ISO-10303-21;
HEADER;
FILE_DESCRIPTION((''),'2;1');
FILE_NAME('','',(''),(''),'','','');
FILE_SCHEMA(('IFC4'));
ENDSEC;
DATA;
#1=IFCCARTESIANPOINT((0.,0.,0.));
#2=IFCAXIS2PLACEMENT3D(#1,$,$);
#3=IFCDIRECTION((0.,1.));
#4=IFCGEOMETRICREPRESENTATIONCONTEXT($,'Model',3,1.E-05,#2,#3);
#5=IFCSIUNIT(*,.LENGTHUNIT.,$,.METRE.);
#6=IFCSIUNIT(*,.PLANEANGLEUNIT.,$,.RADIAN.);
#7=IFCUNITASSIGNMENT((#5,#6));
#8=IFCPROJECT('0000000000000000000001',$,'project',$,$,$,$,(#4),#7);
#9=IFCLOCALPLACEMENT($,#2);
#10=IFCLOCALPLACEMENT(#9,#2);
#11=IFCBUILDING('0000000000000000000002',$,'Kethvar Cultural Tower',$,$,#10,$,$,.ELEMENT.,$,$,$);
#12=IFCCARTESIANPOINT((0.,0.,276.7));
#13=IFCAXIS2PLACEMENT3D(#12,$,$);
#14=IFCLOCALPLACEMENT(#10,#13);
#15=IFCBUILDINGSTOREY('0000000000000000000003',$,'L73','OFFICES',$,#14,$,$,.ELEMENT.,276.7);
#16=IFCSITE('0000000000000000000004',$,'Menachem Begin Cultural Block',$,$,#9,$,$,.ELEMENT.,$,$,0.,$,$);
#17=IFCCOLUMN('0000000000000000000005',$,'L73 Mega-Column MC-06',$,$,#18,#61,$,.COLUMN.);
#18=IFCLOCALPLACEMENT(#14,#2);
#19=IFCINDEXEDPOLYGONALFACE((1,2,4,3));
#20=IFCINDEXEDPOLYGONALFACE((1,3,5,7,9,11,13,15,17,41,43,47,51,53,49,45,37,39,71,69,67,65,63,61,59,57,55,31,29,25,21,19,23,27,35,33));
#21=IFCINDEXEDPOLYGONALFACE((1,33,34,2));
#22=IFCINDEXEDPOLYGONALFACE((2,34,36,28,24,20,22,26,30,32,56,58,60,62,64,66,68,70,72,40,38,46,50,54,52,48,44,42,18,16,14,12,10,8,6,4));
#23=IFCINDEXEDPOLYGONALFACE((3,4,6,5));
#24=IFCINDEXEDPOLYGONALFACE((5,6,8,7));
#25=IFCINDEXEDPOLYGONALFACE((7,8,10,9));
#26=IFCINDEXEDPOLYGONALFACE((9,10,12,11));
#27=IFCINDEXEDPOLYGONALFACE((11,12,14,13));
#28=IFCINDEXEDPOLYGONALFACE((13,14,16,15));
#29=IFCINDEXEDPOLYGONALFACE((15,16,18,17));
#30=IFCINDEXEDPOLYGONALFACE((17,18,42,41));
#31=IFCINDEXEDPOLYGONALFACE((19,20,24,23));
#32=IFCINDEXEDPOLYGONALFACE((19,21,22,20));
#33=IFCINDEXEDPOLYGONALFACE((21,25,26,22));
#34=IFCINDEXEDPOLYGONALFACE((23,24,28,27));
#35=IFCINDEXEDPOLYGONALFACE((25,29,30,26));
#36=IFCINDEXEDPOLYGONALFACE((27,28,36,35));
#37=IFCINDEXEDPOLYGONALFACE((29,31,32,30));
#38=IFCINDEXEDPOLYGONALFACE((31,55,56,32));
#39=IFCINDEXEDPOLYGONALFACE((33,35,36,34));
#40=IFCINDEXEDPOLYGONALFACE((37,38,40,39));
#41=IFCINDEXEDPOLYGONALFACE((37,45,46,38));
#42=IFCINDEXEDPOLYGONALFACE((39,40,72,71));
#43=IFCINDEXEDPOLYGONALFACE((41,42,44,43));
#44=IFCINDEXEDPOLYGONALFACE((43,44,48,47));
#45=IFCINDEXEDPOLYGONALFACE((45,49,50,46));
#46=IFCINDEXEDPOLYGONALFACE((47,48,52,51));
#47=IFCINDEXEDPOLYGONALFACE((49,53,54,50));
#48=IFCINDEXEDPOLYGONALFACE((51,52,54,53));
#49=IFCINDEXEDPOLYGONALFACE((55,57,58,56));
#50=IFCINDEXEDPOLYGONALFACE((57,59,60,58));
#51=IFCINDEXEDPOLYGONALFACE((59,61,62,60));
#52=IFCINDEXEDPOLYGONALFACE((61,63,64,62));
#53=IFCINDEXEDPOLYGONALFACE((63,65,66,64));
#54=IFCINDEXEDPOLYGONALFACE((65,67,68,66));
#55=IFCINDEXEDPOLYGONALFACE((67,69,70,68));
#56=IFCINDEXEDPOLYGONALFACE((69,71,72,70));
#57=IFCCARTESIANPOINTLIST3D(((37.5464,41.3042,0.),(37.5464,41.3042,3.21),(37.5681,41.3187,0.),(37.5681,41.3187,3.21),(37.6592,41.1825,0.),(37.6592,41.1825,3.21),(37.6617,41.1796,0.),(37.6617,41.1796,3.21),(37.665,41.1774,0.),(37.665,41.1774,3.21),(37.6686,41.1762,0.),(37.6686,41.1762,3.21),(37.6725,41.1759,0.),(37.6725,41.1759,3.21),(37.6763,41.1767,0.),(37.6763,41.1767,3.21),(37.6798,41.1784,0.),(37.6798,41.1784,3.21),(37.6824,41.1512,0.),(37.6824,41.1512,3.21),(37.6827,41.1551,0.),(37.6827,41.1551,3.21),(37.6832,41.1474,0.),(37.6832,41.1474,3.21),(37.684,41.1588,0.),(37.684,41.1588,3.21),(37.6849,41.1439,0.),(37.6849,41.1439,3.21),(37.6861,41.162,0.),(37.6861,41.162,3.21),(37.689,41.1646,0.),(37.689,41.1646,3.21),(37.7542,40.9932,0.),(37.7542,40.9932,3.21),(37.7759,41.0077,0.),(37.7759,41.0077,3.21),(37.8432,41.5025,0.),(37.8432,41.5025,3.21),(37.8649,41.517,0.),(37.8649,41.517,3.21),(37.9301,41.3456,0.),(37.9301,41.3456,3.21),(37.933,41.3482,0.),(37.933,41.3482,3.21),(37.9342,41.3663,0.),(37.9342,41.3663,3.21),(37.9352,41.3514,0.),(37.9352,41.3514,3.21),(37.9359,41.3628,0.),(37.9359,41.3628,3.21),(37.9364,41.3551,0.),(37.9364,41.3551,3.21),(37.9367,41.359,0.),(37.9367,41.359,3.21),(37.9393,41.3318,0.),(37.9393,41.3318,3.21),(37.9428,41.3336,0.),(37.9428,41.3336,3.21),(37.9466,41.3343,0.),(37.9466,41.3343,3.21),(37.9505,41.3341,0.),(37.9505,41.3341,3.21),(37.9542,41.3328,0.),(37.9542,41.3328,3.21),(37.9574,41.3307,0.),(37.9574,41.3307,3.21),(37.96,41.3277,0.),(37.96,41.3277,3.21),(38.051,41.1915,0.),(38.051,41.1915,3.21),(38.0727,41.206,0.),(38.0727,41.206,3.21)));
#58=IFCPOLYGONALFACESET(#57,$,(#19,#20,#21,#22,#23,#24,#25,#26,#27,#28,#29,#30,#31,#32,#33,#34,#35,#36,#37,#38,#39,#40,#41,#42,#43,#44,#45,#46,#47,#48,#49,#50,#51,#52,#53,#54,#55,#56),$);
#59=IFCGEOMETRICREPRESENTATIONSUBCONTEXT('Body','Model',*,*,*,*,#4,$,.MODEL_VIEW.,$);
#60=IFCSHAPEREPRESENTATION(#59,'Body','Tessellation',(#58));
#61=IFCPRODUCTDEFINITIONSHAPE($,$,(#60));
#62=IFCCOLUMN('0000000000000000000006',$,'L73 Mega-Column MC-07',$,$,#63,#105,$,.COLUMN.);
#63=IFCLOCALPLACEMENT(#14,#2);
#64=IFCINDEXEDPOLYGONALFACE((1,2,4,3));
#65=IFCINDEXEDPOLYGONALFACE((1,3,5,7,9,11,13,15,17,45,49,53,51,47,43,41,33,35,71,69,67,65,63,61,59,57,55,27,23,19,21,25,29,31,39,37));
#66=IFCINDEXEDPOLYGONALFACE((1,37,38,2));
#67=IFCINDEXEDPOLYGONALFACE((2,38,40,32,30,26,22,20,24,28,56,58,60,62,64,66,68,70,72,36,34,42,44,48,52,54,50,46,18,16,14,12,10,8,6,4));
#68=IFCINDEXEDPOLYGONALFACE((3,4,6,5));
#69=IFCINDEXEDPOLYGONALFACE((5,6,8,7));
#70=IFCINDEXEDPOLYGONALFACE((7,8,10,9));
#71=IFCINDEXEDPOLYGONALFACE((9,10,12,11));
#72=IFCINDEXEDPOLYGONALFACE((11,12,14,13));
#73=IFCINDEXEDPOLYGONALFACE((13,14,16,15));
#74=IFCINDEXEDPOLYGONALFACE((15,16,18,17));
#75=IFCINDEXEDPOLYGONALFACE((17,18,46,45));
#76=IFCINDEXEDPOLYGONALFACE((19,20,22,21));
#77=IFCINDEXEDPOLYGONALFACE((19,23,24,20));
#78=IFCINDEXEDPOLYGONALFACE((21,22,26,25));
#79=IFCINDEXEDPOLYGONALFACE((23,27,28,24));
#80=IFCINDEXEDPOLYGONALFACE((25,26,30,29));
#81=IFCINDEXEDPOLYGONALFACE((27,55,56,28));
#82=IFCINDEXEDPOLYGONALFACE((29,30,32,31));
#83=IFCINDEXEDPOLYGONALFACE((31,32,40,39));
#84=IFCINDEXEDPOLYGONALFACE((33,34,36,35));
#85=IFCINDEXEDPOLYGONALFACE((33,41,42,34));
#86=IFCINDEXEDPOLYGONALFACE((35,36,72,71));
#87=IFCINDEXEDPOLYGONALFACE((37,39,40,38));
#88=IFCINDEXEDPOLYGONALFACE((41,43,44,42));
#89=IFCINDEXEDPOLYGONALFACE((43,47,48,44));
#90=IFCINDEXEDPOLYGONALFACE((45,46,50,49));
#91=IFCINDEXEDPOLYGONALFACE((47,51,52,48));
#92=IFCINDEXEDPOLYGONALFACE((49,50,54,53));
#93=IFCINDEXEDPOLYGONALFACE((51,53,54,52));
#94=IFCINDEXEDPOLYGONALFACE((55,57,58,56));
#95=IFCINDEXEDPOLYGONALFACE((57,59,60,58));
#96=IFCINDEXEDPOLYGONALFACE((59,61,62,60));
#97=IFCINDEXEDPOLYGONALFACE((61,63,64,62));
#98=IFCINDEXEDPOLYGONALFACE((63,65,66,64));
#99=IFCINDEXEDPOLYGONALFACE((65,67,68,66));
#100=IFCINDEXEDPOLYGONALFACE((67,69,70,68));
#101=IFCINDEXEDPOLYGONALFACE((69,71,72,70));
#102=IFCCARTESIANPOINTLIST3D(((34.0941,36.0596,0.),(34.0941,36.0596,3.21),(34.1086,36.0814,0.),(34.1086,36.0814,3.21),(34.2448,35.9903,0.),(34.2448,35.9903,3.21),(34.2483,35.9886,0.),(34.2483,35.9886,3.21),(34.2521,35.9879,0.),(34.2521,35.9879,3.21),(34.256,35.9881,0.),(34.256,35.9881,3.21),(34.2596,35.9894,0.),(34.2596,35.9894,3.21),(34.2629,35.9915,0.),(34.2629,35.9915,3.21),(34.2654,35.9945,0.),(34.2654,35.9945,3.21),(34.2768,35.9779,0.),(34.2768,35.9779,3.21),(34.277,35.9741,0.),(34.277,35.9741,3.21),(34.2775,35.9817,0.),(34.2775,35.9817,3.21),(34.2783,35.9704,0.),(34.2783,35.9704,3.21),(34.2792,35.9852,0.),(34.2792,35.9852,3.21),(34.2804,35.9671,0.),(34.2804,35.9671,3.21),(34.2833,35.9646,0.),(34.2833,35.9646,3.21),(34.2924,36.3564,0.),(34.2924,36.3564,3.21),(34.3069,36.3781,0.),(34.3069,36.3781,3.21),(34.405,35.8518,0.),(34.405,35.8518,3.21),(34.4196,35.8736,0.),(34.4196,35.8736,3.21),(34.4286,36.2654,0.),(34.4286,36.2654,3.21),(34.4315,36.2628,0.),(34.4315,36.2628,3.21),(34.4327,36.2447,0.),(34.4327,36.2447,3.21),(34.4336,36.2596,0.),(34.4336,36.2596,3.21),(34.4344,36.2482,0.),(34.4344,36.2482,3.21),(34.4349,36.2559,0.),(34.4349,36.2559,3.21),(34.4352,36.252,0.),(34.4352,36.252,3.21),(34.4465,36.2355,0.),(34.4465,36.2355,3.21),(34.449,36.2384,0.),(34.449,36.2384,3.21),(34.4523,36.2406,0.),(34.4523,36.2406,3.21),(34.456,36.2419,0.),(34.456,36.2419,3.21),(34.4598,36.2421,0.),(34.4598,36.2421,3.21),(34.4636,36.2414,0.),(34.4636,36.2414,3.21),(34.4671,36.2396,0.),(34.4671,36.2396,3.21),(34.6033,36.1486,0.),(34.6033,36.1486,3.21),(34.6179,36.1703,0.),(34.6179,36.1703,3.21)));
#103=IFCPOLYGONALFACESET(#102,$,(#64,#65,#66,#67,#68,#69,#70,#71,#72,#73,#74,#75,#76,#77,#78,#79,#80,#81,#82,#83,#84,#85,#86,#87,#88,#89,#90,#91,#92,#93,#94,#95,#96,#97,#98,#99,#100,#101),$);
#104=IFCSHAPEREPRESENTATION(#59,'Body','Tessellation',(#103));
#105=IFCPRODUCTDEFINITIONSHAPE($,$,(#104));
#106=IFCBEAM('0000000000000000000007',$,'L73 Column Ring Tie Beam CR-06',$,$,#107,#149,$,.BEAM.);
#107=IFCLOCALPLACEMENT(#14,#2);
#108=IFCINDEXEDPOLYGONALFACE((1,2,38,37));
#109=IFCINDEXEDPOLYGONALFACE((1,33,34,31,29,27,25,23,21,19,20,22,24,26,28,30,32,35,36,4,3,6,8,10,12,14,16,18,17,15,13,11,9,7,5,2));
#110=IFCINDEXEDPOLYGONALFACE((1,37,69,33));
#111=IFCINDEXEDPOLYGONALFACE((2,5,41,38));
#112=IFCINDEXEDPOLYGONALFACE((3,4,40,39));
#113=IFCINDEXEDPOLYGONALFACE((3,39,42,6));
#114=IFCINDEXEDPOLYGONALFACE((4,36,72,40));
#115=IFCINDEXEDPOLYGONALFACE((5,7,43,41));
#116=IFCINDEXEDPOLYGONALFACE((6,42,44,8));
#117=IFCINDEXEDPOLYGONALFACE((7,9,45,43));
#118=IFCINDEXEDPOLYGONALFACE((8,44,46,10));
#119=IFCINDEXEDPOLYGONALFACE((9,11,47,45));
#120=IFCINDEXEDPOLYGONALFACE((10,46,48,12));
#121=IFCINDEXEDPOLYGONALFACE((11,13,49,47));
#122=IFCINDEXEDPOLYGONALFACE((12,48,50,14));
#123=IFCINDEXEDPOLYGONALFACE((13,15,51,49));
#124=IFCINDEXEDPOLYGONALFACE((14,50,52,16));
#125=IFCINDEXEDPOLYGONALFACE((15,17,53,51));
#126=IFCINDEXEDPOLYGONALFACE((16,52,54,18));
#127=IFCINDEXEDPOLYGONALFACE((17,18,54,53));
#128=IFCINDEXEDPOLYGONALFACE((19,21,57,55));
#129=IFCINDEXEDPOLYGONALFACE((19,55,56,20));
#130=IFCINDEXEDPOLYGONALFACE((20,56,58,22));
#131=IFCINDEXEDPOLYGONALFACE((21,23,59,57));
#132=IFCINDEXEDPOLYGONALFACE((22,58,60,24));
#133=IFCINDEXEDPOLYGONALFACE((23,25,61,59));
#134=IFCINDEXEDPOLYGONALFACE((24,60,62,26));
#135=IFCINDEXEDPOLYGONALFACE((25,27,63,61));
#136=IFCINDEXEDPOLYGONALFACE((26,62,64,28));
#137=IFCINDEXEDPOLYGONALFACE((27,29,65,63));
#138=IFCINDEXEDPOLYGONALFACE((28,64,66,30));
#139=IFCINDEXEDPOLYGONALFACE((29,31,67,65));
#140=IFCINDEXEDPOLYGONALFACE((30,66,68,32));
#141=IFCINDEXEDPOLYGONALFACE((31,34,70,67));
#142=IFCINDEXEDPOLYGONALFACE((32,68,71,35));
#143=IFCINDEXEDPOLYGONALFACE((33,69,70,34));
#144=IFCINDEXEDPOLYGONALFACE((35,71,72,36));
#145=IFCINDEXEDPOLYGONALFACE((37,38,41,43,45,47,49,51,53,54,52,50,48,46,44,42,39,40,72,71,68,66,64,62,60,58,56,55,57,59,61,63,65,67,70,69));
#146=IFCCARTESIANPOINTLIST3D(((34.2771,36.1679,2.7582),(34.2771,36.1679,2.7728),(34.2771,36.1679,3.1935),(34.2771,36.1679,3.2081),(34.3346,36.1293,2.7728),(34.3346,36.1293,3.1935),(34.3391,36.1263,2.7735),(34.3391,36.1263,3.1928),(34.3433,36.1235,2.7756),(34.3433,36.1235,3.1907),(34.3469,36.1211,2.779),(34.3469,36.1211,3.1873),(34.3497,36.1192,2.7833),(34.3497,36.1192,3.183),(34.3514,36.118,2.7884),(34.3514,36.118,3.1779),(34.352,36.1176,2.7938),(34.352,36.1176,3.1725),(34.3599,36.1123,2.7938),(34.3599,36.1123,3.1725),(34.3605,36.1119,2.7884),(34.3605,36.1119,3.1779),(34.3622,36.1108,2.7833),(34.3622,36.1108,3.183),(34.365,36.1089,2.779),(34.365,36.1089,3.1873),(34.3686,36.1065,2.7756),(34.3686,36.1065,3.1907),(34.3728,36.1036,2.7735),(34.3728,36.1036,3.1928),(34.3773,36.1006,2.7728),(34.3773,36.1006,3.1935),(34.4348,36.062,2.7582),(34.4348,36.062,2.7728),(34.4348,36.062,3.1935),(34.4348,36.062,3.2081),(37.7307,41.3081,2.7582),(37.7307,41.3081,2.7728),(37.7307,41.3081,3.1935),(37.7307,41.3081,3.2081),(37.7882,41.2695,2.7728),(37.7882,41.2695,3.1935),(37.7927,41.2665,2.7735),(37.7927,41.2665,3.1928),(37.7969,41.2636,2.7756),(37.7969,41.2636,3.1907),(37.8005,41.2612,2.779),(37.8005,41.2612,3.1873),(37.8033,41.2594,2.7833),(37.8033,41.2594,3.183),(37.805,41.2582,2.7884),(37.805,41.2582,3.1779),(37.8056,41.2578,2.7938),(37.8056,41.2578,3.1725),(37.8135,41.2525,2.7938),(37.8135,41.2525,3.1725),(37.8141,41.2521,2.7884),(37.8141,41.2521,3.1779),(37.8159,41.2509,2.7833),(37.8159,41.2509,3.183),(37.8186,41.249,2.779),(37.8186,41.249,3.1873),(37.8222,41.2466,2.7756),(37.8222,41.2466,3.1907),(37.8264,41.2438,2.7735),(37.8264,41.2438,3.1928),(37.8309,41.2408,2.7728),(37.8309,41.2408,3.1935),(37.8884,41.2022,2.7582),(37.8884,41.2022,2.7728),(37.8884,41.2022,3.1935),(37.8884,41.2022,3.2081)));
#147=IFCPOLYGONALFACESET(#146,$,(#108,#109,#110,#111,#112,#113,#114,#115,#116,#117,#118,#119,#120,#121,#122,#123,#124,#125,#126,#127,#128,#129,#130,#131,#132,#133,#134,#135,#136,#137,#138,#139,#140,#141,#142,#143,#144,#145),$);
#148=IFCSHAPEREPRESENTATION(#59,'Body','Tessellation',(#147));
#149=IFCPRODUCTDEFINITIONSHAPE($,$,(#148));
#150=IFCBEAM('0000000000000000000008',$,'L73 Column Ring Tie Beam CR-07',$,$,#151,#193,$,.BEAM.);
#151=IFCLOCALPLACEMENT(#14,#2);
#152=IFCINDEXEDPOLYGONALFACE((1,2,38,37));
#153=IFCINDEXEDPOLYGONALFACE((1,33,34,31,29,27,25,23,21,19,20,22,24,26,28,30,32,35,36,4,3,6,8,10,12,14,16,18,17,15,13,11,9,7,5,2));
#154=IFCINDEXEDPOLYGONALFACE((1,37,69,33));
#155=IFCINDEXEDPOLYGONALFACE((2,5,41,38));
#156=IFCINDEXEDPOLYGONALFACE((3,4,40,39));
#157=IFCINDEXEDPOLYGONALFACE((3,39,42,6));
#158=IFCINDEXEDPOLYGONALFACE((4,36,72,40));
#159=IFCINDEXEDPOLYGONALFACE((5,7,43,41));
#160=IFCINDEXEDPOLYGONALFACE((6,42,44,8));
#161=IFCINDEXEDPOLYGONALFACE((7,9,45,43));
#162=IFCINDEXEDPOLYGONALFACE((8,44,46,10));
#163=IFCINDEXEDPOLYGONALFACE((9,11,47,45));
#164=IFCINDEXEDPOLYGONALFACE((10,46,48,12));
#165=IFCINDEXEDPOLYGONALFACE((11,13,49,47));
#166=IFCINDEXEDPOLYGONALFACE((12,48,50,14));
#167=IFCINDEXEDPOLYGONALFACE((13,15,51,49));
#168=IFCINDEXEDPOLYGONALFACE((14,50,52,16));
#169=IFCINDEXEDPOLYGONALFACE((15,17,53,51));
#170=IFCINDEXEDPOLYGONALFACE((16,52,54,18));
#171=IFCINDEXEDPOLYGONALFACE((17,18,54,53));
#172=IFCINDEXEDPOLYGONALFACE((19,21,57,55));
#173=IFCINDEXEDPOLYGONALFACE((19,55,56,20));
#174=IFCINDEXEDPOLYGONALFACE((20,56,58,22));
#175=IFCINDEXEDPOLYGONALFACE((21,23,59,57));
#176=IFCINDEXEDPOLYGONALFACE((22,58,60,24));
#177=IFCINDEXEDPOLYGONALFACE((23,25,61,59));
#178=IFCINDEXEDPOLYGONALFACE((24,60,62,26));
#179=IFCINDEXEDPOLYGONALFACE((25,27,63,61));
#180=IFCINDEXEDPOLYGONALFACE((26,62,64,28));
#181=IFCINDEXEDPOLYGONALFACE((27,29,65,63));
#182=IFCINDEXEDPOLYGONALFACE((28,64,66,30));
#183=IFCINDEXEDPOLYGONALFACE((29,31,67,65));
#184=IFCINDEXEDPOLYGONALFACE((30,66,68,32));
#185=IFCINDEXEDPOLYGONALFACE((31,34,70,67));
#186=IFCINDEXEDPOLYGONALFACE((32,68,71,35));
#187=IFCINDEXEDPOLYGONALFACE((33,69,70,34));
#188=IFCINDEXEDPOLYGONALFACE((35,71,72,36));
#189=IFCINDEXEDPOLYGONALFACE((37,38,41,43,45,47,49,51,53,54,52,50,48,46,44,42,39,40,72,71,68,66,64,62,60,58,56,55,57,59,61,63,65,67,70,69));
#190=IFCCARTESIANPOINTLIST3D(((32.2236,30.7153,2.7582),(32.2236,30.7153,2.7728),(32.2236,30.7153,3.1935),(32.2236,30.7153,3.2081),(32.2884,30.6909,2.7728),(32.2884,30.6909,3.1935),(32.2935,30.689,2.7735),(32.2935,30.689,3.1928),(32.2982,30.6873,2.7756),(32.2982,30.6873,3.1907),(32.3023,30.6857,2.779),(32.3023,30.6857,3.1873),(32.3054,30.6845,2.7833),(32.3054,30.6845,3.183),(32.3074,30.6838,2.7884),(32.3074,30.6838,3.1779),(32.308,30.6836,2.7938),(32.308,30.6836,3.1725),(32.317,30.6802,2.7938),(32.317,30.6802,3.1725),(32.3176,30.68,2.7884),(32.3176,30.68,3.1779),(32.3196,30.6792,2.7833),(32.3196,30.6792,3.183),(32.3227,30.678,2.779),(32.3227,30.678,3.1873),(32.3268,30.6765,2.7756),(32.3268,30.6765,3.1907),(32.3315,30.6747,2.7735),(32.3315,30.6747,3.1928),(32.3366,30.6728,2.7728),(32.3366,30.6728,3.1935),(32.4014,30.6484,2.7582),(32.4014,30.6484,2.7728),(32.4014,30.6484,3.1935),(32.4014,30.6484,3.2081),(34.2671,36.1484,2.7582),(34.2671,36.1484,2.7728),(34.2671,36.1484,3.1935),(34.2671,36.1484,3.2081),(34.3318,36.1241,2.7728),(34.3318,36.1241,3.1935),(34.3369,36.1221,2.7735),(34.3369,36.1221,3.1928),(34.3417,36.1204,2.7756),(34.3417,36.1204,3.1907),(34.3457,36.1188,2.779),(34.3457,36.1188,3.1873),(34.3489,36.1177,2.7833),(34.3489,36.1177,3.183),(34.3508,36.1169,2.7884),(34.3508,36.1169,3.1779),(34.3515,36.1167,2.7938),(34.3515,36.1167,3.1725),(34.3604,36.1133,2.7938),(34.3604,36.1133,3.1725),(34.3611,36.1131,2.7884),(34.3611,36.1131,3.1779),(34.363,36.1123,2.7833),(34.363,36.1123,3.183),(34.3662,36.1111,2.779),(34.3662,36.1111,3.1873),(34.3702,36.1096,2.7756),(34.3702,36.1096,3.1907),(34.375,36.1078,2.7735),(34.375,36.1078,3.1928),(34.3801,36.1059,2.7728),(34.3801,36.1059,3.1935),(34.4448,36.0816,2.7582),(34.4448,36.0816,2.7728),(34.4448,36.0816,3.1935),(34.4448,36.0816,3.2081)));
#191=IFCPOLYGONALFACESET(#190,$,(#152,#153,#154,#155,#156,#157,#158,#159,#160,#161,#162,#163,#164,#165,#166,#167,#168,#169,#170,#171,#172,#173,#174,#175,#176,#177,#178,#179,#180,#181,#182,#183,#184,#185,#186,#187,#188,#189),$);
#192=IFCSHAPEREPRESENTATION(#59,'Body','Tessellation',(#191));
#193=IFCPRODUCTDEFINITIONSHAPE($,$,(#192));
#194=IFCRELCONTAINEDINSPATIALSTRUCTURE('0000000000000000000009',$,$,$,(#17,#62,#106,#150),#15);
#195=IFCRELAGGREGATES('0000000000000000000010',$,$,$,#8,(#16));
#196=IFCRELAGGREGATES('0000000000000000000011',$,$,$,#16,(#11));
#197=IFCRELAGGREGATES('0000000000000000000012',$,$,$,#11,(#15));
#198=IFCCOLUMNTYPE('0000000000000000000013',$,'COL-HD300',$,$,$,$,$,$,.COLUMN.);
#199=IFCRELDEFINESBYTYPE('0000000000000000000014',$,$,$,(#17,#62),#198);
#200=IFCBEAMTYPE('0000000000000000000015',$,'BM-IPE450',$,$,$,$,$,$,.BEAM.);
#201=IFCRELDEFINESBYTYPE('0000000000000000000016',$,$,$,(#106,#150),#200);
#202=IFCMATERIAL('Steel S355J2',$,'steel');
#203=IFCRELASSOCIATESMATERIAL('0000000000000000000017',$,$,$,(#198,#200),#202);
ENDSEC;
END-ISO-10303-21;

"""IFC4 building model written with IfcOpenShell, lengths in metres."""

from ifc_helpers import new_model, si_unit, direction, frame, origin, origin_2d, place, context, subcontext, project, spatial, i_section, extrude, source, transform, mapped, material, material_profile, profile_set, type_object, element, save


model = new_model("IFC4")

# Units and contexts
model_context = context("Model", 3, precision=1e-05, world=origin(), true_north=direction((0.0, 1.0)))
body_context = subcontext(model_context, "Body", "Model", "MODEL_VIEW")
ifc_project = project(units=[si_unit("LENGTHUNIT", "METRE"), si_unit("PLANEANGLEUNIT", "RADIAN")], contexts=[model_context])

# Site, building, storey
site_placement = place(None, origin())
site = spatial("IfcSite", under=ifc_project, at=site_placement, Name="Menachem Begin Cultural Block", CompositionType="ELEMENT", RefElevation=0.0)
building_placement = place(site_placement, origin())
building = spatial("IfcBuilding", under=site, at=building_placement, Name="Kethvar Cultural Tower", CompositionType="ELEMENT")
storey_placement = place(building_placement, frame((0.0, 0.0, 276.7)))
storey = spatial("IfcBuildingStorey", under=building, at=storey_placement, Name="L73", Description="OFFICES", CompositionType="ELEMENT", Elevation=276.7)

# Columns
ifc_material_1 = material(Name="Steel S355J2", Category="steel")
ifc_material_profile_1 = material_profile(ifc_material_1, i_section(OverallWidth=0.374, OverallDepth=0.3831, WebThickness=0.0166, FlangeThickness=0.0261, FilletRadius=0.0149, at=origin_2d()), Name="Steel S355J2 — HD360x300")
ifc_profile_set_1 = profile_set([ifc_material_profile_1], Name="Steel S355J2 — HD360x300")
column_type = type_object("IfcColumnType", Name="COL-HD300", PredefinedType="COLUMN", material=ifc_profile_set_1)
shared_shape_1 = source(origin(), body_context, "Body", "SweptSolid", [
    extrude(i_section(OverallWidth=0.374, OverallDepth=0.3831, WebThickness=0.0166, FlangeThickness=0.0261, FilletRadius=0.0149, at=origin_2d()), origin(), (0.0, 0.0, 1.0), 3.21),
])
for number, where, z_axis, x_axis, name in (
    (1, (37.8096, 41.2551, 0.0), (0.0, 0.0, 1.0), (-0.55557, 0.83147, 0.0), "L73 Mega-Column MC-06"),
    (2, (34.356, 36.115, 0.0), (0.0, 0.0, 1.0), (-0.83147, 0.55557, 0.0), "L73 Mega-Column MC-07"),
):
    element("IfcColumn", number, at=place(storey_placement, frame(where, z_axis=z_axis, x_axis=x_axis)), inside=storey, type_object=column_type, Name=name, PredefinedType="COLUMN", context=body_context, shape_type="MappedRepresentation", body=[
        mapped(shared_shape_1, transform((0.0, 0.0, 0.0), scale=1.0)),
    ])

# Beams
ifc_material_profile_2 = material_profile(ifc_material_1, i_section(OverallWidth=0.1899, OverallDepth=0.45, WebThickness=0.0095, FlangeThickness=0.0146, FilletRadius=0.021, at=origin_2d()), Name="Steel S355J2 — IPE450")
ifc_profile_set_2 = profile_set([ifc_material_profile_2], Name="Steel S355J2 — IPE450")
beam_type_1 = type_object("IfcBeamType", Name="BM-IPE450", PredefinedType="BEAM", material=ifc_profile_set_2)
shared_shape_2 = source(origin(), body_context, "Body", "SweptSolid", [
    extrude(i_section(OverallWidth=0.1899, OverallDepth=0.45, WebThickness=0.0095, FlangeThickness=0.0146, FilletRadius=0.021, at=origin_2d()), origin(), (0.0, 0.0, 1.0), 6.1926),
])
beam_1_placement = place(storey_placement, frame((37.8096, 41.2551, 2.9832), z_axis=(-0.557699, -0.830043, 0.0), x_axis=(0.830043, -0.557699, 0.0)))
element("IfcBeam", 3, at=beam_1_placement, inside=storey, type_object=beam_type_1, Name="L73 Column Ring Tie Beam CR-06", PredefinedType="BEAM", context=body_context, shape_type="MappedRepresentation", body=[
    mapped(shared_shape_2, transform((0.0, 0.0, 0.0), scale=1.0)),
])
shared_shape_3 = source(origin(), body_context, "Body", "SweptSolid", [
    extrude(i_section(OverallWidth=0.1899, OverallDepth=0.45, WebThickness=0.0095, FlangeThickness=0.0146, FilletRadius=0.021, at=origin_2d()), origin(), (0.0, 0.0, 1.0), 5.8047),
])
beam_2_placement = place(storey_placement, frame((34.356, 36.115, 2.9832), z_axis=(-0.352036, -0.935986, 0.0), x_axis=(0.935986, -0.352036, 0.0)))
element("IfcBeam", 4, at=beam_2_placement, inside=storey, type_object=beam_type_1, Name="L73 Column Ring Tie Beam CR-07", PredefinedType="BEAM", context=body_context, shape_type="MappedRepresentation", body=[
    mapped(shared_shape_3, transform((0.0, 0.0, 0.0), scale=1.0)),
])

save(model, "model.ifc")
